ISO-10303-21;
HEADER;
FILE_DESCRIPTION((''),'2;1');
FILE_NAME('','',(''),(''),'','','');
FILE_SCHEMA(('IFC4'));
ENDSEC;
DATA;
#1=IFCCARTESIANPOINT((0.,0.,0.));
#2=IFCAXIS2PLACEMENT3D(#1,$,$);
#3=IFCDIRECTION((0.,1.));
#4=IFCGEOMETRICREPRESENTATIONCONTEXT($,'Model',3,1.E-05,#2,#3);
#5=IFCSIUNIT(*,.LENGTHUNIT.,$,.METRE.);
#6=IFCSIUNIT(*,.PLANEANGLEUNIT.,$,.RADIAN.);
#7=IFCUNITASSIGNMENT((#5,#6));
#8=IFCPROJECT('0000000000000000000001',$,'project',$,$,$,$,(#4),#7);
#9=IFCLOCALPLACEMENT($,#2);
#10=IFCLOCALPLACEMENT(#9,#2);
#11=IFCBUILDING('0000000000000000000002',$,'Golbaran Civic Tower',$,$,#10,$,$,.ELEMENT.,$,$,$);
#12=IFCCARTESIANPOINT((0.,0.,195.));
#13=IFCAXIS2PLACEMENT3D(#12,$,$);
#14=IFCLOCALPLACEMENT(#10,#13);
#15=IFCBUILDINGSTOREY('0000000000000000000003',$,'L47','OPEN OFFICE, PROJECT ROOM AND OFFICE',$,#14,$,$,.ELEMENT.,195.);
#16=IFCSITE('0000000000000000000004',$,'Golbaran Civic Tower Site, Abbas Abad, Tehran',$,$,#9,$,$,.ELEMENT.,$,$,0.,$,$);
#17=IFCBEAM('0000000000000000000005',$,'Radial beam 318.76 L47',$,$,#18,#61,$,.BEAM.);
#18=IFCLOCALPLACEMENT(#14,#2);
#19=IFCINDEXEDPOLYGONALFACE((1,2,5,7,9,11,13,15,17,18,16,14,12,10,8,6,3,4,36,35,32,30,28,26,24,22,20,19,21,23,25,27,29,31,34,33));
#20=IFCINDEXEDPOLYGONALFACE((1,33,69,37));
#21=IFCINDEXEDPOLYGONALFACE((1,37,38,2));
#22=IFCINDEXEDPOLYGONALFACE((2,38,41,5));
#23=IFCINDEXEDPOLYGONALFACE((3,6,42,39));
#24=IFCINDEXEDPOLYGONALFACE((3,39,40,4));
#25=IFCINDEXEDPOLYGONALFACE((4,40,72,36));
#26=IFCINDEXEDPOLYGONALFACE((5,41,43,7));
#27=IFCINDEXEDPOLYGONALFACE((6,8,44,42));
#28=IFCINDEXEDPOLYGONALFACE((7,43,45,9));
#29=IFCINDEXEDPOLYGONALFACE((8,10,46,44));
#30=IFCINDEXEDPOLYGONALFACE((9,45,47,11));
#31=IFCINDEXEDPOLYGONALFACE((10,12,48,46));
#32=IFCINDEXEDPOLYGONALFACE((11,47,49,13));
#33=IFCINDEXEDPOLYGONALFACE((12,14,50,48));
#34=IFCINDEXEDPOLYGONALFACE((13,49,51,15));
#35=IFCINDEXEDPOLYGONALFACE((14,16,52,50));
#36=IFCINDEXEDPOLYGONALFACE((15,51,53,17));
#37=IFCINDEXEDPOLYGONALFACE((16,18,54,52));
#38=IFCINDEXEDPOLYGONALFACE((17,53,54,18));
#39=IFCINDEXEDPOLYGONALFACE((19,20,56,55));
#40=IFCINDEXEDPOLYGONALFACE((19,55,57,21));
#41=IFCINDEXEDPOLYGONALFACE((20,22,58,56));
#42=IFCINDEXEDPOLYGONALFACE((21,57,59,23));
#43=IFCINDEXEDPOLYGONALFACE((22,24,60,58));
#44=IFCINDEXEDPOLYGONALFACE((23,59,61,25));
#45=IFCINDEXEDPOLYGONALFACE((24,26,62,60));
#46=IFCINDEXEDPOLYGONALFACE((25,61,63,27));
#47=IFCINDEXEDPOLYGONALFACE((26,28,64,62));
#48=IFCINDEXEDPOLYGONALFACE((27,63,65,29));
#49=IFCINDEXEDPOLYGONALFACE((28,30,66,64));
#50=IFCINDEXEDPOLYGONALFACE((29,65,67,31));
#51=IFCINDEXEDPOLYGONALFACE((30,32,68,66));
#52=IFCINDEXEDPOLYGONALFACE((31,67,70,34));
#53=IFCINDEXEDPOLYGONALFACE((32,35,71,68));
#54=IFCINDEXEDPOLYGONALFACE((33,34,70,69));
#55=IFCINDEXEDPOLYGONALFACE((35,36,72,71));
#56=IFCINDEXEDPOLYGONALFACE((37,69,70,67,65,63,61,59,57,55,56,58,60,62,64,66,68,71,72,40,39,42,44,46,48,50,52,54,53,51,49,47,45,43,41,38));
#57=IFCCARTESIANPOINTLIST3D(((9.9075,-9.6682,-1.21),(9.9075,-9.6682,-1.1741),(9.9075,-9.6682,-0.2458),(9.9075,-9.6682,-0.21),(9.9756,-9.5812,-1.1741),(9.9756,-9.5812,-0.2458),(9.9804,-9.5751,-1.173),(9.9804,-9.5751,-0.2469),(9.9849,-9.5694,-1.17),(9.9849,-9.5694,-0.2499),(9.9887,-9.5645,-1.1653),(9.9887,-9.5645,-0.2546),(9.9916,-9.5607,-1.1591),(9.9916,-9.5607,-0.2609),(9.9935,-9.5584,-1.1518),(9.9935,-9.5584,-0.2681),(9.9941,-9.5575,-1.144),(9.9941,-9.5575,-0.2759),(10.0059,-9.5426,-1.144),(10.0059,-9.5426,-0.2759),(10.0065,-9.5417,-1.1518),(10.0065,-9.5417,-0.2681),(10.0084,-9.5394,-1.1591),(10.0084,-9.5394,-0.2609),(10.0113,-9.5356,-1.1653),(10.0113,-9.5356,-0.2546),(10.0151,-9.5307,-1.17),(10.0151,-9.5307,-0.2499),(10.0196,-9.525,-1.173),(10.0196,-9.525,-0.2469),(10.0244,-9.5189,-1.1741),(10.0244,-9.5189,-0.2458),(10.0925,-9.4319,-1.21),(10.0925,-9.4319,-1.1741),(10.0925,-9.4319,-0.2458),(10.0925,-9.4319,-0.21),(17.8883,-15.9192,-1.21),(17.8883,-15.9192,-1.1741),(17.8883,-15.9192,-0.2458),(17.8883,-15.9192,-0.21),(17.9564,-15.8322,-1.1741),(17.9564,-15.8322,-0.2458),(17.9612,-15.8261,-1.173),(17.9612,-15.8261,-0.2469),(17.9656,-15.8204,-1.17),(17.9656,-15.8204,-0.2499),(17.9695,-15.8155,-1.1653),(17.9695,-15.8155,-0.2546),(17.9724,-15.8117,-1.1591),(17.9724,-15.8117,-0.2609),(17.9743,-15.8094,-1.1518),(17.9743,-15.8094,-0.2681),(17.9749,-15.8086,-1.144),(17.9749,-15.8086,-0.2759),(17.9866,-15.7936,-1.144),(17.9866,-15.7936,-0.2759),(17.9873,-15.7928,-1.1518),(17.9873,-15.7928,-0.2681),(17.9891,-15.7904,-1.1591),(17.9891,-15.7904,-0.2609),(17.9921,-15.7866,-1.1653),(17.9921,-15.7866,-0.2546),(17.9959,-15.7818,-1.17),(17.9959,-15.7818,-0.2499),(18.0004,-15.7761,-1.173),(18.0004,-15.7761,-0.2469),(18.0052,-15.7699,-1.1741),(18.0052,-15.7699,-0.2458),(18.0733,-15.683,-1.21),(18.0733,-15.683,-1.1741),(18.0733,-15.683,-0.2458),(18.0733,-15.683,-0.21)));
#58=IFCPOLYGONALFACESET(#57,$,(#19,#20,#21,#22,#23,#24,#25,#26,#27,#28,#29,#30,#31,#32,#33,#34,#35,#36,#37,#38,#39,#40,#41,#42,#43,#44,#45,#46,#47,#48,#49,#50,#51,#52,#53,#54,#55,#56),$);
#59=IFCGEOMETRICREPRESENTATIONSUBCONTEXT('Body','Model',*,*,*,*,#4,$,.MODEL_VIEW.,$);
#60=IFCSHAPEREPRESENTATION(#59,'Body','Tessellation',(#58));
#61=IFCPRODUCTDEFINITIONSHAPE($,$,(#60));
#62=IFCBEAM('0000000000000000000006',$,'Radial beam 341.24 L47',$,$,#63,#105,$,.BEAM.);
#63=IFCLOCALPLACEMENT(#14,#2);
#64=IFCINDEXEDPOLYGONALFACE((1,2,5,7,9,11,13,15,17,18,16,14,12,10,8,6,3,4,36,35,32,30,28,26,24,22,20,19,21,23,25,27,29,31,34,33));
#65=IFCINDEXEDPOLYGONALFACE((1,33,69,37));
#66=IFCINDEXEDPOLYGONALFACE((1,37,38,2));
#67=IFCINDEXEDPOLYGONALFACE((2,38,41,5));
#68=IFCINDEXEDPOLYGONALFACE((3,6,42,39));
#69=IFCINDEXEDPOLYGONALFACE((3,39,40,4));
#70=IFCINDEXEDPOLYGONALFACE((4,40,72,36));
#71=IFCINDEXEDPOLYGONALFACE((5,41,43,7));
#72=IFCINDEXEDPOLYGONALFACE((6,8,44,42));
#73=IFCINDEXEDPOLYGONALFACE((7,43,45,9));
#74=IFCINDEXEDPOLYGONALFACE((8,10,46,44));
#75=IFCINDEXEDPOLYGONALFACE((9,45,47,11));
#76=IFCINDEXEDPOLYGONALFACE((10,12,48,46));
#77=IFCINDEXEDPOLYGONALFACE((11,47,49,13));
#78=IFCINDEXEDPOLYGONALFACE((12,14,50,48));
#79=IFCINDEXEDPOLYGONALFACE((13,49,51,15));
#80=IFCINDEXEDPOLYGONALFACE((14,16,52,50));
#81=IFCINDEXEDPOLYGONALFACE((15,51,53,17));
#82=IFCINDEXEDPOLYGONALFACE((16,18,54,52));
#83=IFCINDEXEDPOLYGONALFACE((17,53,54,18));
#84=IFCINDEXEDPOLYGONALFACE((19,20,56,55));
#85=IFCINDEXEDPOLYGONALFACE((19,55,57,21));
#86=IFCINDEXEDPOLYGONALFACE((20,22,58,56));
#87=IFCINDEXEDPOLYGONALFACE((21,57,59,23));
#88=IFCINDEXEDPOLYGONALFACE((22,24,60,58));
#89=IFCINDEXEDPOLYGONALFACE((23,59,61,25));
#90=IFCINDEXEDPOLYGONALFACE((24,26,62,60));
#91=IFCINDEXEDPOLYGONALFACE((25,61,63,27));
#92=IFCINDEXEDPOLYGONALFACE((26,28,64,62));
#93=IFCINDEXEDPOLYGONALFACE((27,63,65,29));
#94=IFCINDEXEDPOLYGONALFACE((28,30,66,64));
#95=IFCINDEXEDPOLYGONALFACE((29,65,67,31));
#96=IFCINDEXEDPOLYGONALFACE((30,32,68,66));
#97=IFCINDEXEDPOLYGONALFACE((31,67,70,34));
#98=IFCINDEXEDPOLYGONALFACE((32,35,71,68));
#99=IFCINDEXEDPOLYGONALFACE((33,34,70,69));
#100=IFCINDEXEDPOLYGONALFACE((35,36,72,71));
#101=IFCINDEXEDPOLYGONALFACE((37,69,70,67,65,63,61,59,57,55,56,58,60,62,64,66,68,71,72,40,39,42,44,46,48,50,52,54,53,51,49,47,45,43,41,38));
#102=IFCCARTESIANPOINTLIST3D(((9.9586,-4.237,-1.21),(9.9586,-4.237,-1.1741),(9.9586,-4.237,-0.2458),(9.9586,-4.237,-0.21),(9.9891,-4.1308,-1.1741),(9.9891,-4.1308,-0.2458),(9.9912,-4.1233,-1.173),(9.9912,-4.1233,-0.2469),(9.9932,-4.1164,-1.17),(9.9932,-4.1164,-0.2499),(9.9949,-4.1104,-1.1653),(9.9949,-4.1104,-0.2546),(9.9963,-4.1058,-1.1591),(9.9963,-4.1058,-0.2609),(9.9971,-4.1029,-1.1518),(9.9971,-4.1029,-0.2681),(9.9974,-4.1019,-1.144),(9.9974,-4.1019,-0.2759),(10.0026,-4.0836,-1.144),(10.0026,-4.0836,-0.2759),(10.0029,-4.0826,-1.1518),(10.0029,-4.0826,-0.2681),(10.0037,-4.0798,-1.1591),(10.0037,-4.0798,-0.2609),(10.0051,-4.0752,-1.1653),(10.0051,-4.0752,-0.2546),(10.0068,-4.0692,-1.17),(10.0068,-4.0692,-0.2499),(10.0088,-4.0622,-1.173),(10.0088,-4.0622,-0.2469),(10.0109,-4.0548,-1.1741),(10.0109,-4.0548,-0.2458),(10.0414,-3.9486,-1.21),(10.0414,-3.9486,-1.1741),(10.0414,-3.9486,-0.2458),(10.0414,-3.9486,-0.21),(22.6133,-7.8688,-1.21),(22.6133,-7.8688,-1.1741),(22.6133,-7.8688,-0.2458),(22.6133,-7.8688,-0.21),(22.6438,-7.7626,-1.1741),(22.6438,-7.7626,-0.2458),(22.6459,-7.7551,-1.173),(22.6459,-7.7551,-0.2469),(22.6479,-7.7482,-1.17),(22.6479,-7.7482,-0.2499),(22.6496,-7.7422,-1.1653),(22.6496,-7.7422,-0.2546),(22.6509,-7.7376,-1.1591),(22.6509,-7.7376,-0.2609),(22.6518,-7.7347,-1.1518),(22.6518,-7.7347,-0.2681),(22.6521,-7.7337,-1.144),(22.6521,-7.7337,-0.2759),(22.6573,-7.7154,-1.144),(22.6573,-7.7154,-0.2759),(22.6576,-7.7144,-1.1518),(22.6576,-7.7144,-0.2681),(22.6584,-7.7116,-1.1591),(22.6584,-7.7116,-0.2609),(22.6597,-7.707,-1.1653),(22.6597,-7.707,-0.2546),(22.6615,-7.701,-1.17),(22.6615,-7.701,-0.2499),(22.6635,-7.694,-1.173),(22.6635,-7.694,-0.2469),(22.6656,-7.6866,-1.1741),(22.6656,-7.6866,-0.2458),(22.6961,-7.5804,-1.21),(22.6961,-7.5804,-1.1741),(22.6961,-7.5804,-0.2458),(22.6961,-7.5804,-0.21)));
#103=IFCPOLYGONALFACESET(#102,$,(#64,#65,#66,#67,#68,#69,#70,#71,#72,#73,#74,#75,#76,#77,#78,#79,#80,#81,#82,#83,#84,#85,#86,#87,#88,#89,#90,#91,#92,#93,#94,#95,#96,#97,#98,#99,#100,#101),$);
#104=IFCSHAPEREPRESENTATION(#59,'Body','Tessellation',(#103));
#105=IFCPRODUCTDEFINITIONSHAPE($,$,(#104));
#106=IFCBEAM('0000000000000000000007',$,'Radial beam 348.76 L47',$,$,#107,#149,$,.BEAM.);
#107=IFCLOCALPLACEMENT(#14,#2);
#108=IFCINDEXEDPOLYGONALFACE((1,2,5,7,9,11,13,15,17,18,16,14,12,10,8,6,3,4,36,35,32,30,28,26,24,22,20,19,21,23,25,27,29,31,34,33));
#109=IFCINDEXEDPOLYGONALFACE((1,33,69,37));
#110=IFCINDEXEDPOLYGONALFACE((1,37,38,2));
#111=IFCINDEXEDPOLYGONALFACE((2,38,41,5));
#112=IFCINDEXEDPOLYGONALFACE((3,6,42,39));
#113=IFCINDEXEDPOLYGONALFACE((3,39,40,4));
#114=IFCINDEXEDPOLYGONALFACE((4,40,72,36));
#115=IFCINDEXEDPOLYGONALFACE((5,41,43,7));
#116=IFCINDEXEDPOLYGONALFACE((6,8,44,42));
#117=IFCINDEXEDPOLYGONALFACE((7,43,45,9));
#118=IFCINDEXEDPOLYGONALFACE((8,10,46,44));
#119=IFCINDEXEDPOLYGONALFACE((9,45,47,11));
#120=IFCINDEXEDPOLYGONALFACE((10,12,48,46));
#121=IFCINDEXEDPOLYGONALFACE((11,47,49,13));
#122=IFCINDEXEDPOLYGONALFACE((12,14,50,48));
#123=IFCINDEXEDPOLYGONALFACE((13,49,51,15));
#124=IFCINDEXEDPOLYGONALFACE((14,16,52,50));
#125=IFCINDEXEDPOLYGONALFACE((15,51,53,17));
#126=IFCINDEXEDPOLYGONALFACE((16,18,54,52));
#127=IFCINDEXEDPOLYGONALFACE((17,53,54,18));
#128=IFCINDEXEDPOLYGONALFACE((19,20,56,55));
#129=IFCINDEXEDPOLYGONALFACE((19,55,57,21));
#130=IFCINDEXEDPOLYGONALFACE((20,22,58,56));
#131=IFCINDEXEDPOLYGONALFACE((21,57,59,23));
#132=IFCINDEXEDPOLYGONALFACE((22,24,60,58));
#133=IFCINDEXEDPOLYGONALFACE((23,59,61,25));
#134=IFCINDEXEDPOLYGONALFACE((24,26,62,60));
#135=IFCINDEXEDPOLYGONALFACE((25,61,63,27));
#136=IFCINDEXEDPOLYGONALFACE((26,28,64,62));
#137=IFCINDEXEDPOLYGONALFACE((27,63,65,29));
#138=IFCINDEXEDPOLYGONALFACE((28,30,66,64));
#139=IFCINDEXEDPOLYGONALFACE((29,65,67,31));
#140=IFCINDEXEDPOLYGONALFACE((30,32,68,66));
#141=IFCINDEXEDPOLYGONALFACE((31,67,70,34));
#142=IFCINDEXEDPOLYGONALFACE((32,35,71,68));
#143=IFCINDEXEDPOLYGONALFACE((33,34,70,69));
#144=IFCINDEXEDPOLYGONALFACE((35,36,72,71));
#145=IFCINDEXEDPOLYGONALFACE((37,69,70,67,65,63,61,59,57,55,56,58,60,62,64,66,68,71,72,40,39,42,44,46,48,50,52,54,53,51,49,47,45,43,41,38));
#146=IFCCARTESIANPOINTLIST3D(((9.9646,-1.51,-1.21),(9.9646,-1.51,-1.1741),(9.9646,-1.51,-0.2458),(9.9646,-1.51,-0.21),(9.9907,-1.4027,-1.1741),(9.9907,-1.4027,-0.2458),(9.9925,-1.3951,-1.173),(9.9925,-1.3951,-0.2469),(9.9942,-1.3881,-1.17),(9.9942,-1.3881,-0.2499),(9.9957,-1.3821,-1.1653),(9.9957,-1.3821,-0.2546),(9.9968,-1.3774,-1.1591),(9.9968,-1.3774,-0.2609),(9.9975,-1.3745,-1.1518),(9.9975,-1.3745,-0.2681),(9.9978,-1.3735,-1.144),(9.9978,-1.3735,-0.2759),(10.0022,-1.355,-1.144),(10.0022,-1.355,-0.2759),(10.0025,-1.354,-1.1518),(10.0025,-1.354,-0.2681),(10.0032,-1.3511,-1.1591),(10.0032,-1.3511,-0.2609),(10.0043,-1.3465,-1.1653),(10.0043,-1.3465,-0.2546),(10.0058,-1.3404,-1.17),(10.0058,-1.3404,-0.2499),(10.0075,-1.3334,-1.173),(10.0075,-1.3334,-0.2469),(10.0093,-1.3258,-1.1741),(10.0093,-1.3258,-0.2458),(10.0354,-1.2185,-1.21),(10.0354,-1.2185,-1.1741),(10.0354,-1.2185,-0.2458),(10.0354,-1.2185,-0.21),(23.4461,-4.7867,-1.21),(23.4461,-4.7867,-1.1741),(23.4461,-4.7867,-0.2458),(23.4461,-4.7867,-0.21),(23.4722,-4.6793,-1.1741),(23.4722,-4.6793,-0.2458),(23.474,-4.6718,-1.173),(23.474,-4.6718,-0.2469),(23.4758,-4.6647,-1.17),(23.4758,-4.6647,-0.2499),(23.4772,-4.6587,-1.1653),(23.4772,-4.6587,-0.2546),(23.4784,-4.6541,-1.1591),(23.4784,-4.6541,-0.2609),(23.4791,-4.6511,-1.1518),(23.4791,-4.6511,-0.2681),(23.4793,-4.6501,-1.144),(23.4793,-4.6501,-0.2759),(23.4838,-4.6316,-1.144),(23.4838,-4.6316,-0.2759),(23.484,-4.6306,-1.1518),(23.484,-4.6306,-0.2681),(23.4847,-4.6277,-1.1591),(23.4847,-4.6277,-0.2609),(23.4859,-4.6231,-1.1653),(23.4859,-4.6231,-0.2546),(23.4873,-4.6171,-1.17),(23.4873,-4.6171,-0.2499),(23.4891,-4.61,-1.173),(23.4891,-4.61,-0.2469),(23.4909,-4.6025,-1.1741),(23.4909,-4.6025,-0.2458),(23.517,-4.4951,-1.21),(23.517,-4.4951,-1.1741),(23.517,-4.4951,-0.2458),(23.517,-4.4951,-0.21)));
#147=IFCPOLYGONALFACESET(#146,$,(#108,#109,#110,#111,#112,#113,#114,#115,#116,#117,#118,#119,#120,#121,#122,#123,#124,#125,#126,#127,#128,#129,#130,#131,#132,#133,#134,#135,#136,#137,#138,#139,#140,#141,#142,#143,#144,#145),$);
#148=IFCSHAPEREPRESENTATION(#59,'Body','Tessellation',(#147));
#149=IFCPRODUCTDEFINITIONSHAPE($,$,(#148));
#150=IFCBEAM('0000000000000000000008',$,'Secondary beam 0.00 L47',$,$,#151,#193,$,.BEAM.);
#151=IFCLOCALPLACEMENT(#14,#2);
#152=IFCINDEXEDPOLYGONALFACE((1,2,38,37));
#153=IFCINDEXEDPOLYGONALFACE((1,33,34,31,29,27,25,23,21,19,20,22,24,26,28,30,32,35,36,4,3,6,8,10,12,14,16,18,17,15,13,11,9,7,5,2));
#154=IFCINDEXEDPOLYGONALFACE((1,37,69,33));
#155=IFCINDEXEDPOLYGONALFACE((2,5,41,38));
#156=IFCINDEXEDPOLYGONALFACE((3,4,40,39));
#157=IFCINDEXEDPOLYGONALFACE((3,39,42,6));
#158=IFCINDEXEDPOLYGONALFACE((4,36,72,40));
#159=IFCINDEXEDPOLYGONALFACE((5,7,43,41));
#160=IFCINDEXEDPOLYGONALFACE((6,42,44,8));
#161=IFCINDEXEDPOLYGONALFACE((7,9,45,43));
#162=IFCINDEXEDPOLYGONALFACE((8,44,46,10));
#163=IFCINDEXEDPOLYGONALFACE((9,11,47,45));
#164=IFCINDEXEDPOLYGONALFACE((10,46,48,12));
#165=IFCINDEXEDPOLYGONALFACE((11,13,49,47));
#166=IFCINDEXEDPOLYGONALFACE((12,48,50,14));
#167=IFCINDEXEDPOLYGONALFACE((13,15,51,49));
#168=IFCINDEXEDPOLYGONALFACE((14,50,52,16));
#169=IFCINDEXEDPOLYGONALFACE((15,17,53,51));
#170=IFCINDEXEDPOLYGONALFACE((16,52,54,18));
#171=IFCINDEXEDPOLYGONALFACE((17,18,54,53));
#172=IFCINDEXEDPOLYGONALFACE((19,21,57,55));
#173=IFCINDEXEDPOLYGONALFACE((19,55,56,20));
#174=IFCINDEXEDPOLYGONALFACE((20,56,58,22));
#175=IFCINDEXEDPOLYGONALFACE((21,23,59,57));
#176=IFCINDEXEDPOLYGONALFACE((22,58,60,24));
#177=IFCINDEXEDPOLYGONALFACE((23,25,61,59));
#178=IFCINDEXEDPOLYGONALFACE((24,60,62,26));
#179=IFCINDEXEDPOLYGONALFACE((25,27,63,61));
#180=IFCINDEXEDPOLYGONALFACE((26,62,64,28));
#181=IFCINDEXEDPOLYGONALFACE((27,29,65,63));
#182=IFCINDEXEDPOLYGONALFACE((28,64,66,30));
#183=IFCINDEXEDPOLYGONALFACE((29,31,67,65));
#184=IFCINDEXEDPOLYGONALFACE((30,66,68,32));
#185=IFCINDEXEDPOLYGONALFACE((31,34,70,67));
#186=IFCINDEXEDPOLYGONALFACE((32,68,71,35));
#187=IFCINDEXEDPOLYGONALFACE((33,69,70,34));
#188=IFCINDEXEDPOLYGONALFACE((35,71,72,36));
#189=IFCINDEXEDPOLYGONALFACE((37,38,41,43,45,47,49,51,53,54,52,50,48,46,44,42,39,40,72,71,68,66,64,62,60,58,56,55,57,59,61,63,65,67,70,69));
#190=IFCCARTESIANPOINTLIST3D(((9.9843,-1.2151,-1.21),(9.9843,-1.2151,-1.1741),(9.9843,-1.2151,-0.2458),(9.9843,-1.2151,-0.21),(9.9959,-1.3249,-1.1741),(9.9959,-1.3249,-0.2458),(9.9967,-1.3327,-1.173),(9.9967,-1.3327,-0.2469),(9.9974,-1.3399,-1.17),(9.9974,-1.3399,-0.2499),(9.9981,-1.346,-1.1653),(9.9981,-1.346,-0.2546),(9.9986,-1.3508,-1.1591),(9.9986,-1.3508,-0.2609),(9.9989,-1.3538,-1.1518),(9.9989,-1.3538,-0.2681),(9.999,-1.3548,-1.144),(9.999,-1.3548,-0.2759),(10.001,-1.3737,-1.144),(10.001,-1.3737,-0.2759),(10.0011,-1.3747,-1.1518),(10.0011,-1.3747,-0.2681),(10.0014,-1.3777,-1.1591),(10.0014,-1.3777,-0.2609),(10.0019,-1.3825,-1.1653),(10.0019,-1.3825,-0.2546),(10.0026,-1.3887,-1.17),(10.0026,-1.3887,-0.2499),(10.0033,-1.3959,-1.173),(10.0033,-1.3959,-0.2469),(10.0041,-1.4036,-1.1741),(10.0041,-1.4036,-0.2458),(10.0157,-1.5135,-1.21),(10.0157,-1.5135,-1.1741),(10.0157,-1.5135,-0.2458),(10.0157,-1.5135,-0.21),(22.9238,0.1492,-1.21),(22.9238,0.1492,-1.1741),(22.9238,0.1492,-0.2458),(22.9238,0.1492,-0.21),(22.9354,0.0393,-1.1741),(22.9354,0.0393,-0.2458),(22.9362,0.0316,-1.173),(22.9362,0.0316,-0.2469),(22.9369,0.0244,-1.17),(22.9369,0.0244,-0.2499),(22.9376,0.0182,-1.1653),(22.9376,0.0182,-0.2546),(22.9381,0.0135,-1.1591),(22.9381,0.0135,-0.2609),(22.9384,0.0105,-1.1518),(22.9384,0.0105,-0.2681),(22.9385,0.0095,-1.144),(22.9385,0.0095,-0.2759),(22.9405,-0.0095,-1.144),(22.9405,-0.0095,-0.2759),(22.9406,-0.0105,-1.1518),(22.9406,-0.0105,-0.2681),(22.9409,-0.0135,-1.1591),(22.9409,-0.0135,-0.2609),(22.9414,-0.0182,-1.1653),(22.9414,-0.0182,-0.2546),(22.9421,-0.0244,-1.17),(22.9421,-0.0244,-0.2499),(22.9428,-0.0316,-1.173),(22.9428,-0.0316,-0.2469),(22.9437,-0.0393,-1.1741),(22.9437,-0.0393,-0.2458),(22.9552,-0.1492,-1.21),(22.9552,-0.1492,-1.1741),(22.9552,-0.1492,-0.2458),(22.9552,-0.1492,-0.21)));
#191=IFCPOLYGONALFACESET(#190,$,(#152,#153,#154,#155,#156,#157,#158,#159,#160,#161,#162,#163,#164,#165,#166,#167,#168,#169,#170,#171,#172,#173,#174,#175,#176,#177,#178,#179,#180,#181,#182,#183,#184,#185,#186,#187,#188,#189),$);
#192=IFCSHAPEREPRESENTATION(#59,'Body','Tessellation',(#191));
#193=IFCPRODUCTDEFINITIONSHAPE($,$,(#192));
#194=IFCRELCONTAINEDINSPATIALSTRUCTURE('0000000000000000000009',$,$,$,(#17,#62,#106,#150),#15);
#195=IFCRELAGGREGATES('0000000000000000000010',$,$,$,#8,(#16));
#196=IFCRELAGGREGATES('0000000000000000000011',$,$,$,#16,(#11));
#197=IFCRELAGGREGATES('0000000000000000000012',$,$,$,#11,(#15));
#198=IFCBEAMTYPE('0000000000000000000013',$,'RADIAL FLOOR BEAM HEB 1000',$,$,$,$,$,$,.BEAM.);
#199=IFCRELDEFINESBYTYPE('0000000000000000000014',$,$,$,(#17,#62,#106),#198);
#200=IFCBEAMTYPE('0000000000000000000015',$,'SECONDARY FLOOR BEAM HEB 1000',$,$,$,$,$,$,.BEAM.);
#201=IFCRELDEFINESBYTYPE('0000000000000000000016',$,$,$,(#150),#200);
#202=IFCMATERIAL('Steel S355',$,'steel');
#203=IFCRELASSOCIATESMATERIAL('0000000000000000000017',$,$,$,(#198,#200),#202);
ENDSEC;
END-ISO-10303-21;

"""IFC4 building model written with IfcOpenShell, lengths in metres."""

from ifc_helpers import new_model, si_unit, direction, frame, origin, origin_2d, place, context, subcontext, project, spatial, i_section, extrude, material, material_profile, profile_set, type_object, element, save


model = new_model("IFC4")

# Units and contexts
model_context = context("Model", 3, precision=1e-05, world=origin(), true_north=direction((0.0, 1.0)))
body_context = subcontext(model_context, "Body", "Model", "MODEL_VIEW")
ifc_project = project(units=[si_unit("LENGTHUNIT", "METRE"), si_unit("PLANEANGLEUNIT", "RADIAN")], contexts=[model_context])

# Site, building, storey
site_placement = place(None, origin())
site = spatial("IfcSite", under=ifc_project, at=site_placement, Name="Golbaran Civic Tower Site, Abbas Abad, Tehran", CompositionType="ELEMENT", RefElevation=0.0)
building_placement = place(site_placement, origin())
building = spatial("IfcBuilding", under=site, at=building_placement, Name="Golbaran Civic Tower", CompositionType="ELEMENT")
storey_placement = place(building_placement, frame((0.0, 0.0, 195.0)))
storey = spatial("IfcBuildingStorey", under=building, at=storey_placement, Name="L47", Description="OPEN OFFICE, PROJECT ROOM AND OFFICE", CompositionType="ELEMENT", Elevation=195.0)

# Beams
ifc_material_1 = material(Name="Steel S355", Category="steel")
ifc_material_profile_1 = material_profile(ifc_material_1, i_section(OverallWidth=0.3, OverallDepth=1.0, WebThickness=0.019, FlangeThickness=0.0359, FilletRadius=0.03, at=origin_2d()), Name="HEB 1000")
ifc_profile_set_1 = profile_set([ifc_material_profile_1], Name="Steel S355")
beam_type_1 = type_object("IfcBeamType", Name="RADIAL FLOOR BEAM HEB 1000", PredefinedType="BEAM", material=ifc_profile_set_1)
beam_1_placement = place(storey_placement, frame((10.0, -9.55, -0.71), z_axis=(0.787256, -0.616626, 0.0), x_axis=(0.616626, 0.787256, 0.0)))
element("IfcBeam", 1, at=beam_1_placement, inside=storey, type_object=beam_type_1, Name="Radial beam 318.76 L47", PredefinedType="BEAM", context=body_context, shape_type="SweptSolid", body=[
    extrude(i_section(OverallWidth=0.3, OverallDepth=1.0, WebThickness=0.019, FlangeThickness=0.0359, FilletRadius=0.03, at=origin_2d()), origin(), (0.0, 0.0, 1.0), 10.1375),
])
beam_2_placement = place(storey_placement, frame((10.0, -4.0928, -0.71), z_axis=(0.961199, -0.275857, 0.0), x_axis=(0.275857, 0.961199, 0.0)))
element("IfcBeam", 2, at=beam_2_placement, inside=storey, type_object=beam_type_1, Name="Radial beam 341.24 L47", PredefinedType="BEAM", context=body_context, shape_type="SweptSolid", body=[
    extrude(i_section(OverallWidth=0.3, OverallDepth=1.0, WebThickness=0.019, FlangeThickness=0.0359, FilletRadius=0.03, at=origin_2d()), origin(), (0.0, 0.0, 1.0), 13.1655),
])
beam_3_placement = place(storey_placement, frame((10.0, -1.3643, -0.71), z_axis=(0.971712, -0.236171, 0.0), x_axis=(0.236171, 0.971712, 0.0)))
element("IfcBeam", 3, at=beam_3_placement, inside=storey, type_object=beam_type_1, Name="Radial beam 348.76 L47", PredefinedType="BEAM", context=body_context, shape_type="SweptSolid", body=[
    extrude(i_section(OverallWidth=0.3, OverallDepth=1.0, WebThickness=0.019, FlangeThickness=0.0359, FilletRadius=0.03, at=origin_2d()), origin(), (0.0, 0.0, 1.0), 13.874),
])
ifc_material_profile_2 = material_profile(ifc_material_1, i_section(OverallWidth=0.3, OverallDepth=1.0, WebThickness=0.019, FlangeThickness=0.0359, FilletRadius=0.03, at=origin_2d()), Name="HEB 1000")
ifc_profile_set_2 = profile_set([ifc_material_profile_2], Name="Steel S355")
beam_type_2 = type_object("IfcBeamType", Name="SECONDARY FLOOR BEAM HEB 1000", PredefinedType="BEAM", material=ifc_profile_set_2)
beam_4_placement = place(storey_placement, frame((10.0, -1.3643, -0.71), z_axis=(0.994488, 0.104853, 0.0), x_axis=(-0.104853, 0.994488, 0.0)))
element("IfcBeam", 4, at=beam_4_placement, inside=storey, type_object=beam_type_2, Name="Secondary beam 0.00 L47", PredefinedType="BEAM", context=body_context, shape_type="SweptSolid", body=[
    extrude(i_section(OverallWidth=0.3, OverallDepth=1.0, WebThickness=0.019, FlangeThickness=0.0359, FilletRadius=0.03, at=origin_2d()), origin(), (0.0, 0.0, 1.0), 13.0112),
])

save(model, "model.ifc")
